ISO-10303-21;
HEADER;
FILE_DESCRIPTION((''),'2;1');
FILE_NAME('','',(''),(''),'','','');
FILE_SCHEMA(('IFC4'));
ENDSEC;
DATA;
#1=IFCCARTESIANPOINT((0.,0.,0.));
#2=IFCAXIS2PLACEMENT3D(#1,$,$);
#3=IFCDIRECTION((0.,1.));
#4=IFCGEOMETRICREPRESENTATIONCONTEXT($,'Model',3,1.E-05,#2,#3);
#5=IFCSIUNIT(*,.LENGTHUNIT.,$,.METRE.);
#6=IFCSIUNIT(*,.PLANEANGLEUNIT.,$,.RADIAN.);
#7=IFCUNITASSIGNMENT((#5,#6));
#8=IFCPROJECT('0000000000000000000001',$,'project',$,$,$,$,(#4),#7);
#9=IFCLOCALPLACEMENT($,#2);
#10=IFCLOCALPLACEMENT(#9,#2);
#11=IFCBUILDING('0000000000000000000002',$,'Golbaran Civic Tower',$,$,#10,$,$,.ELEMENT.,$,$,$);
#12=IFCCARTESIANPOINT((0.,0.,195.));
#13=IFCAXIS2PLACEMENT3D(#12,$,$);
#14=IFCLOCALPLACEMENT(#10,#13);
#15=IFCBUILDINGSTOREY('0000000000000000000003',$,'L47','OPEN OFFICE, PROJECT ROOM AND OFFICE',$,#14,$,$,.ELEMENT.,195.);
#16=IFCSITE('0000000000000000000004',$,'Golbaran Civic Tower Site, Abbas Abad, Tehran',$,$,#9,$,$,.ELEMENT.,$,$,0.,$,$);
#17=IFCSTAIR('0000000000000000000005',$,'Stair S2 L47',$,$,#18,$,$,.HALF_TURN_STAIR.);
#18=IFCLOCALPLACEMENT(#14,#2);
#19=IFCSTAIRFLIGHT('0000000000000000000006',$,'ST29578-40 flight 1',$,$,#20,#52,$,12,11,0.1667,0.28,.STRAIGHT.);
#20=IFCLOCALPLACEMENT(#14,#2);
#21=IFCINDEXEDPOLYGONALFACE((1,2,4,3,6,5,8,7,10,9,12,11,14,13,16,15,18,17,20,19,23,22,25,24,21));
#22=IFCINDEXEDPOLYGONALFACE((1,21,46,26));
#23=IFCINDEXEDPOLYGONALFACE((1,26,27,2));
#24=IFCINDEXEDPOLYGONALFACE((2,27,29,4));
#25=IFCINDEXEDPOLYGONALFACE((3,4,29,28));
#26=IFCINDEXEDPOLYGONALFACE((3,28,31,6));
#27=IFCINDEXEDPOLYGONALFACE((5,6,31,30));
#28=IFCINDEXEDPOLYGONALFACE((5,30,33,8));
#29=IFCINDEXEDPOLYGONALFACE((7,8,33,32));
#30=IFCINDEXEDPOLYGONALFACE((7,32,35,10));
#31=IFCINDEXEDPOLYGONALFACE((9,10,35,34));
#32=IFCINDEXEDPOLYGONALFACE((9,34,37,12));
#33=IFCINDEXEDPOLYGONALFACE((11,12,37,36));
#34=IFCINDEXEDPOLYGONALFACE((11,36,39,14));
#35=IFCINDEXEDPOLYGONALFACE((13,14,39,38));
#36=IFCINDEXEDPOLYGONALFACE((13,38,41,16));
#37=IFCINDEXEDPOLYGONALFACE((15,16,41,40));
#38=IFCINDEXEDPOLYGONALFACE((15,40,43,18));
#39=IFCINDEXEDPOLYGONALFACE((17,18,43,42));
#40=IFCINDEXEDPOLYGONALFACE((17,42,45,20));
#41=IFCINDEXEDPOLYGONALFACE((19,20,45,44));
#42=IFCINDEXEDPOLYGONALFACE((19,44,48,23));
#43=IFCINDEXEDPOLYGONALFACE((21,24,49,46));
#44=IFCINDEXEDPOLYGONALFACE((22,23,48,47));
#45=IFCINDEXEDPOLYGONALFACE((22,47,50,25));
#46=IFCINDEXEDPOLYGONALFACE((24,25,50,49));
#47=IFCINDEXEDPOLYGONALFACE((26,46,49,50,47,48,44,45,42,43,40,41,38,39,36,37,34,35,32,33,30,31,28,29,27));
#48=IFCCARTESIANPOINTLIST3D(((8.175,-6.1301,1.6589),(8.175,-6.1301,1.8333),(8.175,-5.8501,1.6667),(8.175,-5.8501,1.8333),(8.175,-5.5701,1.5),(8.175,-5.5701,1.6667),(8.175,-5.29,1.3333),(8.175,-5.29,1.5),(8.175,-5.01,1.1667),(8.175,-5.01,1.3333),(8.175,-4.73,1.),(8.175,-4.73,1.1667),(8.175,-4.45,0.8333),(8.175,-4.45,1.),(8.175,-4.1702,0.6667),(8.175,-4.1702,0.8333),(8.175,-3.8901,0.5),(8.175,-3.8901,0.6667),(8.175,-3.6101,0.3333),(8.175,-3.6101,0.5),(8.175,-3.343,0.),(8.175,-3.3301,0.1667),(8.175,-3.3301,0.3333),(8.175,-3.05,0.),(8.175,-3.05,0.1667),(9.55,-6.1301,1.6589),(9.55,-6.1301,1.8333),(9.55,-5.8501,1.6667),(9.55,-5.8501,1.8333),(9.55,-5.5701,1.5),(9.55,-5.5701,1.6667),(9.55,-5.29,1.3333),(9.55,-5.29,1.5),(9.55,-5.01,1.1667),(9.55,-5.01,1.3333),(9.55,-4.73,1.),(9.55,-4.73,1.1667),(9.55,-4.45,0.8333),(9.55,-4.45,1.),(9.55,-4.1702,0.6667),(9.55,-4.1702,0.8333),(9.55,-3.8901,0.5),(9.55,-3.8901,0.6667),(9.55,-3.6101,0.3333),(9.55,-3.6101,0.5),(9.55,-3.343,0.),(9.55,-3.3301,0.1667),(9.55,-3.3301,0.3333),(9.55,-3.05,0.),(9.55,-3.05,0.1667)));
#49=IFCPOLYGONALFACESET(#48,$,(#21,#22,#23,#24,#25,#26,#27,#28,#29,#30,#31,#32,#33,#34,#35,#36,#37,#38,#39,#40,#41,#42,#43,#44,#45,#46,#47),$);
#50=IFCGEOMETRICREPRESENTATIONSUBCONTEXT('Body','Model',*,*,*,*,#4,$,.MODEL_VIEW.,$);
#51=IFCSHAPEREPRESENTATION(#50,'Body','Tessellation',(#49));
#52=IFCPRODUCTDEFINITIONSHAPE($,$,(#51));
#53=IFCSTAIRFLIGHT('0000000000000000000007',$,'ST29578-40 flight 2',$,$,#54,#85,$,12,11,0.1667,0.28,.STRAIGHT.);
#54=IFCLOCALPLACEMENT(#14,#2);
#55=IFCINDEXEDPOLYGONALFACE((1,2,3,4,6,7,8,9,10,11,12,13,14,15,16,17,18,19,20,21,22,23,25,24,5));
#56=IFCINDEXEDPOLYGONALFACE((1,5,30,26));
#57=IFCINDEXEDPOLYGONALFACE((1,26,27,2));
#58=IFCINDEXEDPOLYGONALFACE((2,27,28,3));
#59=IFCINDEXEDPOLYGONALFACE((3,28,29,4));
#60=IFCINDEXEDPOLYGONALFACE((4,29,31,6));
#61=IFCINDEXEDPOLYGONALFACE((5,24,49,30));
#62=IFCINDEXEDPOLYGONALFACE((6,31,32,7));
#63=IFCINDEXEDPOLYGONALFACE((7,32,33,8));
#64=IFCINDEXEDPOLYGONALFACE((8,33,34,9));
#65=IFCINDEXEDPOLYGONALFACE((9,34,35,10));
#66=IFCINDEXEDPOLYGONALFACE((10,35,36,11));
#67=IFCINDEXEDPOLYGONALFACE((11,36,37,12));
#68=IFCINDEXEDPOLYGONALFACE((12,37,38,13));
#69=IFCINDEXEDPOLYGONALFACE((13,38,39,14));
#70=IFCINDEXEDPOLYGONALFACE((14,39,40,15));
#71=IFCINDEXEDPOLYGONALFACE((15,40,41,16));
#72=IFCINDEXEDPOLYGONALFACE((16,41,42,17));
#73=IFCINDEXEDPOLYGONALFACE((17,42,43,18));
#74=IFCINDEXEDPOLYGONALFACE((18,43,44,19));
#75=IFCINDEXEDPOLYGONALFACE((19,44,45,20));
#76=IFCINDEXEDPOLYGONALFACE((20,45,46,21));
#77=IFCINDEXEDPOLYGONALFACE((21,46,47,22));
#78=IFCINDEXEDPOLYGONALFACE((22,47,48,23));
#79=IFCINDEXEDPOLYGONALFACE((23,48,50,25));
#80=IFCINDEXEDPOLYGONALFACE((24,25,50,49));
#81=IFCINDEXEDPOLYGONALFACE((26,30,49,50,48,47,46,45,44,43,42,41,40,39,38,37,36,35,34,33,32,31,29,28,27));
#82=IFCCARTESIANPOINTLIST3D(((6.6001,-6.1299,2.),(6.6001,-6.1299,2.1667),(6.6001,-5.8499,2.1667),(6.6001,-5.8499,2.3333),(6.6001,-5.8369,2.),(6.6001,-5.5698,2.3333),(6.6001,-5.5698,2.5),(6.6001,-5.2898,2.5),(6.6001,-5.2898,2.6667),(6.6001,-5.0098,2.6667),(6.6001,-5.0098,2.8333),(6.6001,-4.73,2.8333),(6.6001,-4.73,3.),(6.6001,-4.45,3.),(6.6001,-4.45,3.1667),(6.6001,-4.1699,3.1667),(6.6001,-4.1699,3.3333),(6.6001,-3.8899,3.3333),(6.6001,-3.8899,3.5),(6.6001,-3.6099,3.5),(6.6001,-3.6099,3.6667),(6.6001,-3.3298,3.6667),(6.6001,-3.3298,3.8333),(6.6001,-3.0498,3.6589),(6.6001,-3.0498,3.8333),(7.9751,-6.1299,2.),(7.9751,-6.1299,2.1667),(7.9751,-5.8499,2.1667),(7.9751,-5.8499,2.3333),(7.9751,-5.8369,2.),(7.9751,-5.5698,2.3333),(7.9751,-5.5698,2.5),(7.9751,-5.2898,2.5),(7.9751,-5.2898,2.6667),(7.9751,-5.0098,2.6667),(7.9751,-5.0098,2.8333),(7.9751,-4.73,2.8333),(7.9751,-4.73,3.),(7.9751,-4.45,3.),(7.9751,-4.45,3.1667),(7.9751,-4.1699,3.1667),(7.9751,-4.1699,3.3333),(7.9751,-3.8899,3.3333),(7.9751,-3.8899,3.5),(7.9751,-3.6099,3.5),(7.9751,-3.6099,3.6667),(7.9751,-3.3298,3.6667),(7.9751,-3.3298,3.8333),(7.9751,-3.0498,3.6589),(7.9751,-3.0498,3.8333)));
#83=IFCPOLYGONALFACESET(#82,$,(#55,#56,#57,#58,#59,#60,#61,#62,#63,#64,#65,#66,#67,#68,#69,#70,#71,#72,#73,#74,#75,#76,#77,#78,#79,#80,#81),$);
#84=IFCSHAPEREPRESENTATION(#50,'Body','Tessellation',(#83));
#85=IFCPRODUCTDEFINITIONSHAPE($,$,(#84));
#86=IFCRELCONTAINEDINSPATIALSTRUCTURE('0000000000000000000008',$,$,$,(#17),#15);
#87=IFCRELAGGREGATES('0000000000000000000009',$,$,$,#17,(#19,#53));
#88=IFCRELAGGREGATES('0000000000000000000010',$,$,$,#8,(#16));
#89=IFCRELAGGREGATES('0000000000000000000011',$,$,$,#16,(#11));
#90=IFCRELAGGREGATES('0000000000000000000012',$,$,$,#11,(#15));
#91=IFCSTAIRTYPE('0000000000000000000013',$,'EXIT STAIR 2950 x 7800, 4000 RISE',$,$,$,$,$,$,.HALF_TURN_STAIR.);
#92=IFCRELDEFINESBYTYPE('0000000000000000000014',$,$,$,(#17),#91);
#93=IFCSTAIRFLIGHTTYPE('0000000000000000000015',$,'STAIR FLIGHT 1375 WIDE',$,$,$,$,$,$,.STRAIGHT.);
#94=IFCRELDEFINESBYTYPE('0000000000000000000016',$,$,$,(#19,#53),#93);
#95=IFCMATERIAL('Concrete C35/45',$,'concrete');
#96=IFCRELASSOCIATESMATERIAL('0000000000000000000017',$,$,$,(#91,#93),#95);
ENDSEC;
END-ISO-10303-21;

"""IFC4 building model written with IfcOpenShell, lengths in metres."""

from ifc_helpers import new_model, si_unit, direction, frame, origin, place, context, subcontext, project, spatial, polyline, outline, extrude, material, type_object, element, aggregate, save


model = new_model("IFC4")

# Units and contexts
model_context = context("Model", 3, precision=1e-05, world=origin(), true_north=direction((0.0, 1.0)))
body_context = subcontext(model_context, "Body", "Model", "MODEL_VIEW")
ifc_project = project(units=[si_unit("LENGTHUNIT", "METRE"), si_unit("PLANEANGLEUNIT", "RADIAN")], contexts=[model_context])

# Site, building, storey
site_placement = place(None, origin())
site = spatial("IfcSite", under=ifc_project, at=site_placement, Name="Golbaran Civic Tower Site, Abbas Abad, Tehran", CompositionType="ELEMENT", RefElevation=0.0)
building_placement = place(site_placement, origin())
building = spatial("IfcBuilding", under=site, at=building_placement, Name="Golbaran Civic Tower", CompositionType="ELEMENT")
storey_placement = place(building_placement, frame((0.0, 0.0, 195.0)))
storey = spatial("IfcBuildingStorey", under=building, at=storey_placement, Name="L47", Description="OPEN OFFICE, PROJECT ROOM AND OFFICE", CompositionType="ELEMENT", Elevation=195.0)

# Shared definitions
ifc_material_1 = material(Name="Concrete C35/45", Category="concrete")

# Shared definitions
stair_type = type_object("IfcStairType", Name="EXIT STAIR 2950 x 7800, 4000 RISE", PredefinedType="HALF_TURN_STAIR", material=ifc_material_1)

# Stair, stair flights
stair_1_placement = place(storey_placement, origin())
stair_1 = element("IfcStair", 1, at=stair_1_placement, inside=storey, type_object=stair_type, Name="Stair S2 L47", PredefinedType="HALF_TURN_STAIR")
stair_flight_type = type_object("IfcStairFlightType", Name="STAIR FLIGHT 1375 WIDE", PredefinedType="STRAIGHT", material=ifc_material_1)
stair_flight_1_placement = place(storey_placement, frame((8.8625, -3.05, 0.0), z_axis=(0.0, 0.0, 1.0), x_axis=(0.0, -1.0, 0.0)))
stair_flight_1 = element("IfcStairFlight", 2, at=stair_flight_1_placement, type_object=stair_flight_type, Name="ST29578-40 flight 1", NumberOfRisers=12, NumberOfTreads=11, PredefinedType="STRAIGHT", RiserHeight=0.1667, TreadLength=0.28, context=body_context, shape_type="SweptSolid", body=[
    extrude(outline(polyline([(0.0, 0.0), (0.0, 0.1667), (0.28, 0.1667), (0.28, 0.3333), (0.5601, 0.3333), (0.5601, 0.5), (0.8401, 0.5), (0.8401, 0.6667), (1.1201, 0.6667), (1.1201, 0.8333), (1.3999, 0.8333), (1.3999, 1.0), (1.6799, 1.0), (1.6799, 1.1667), (1.96, 1.1667), (1.96, 1.3333), (2.24, 1.3333), (2.24, 1.5), (2.52, 1.5), (2.52, 1.6667), (2.8, 1.6667), (2.8, 1.8333), (3.0801, 1.8333), (3.0801, 2.0), (3.0801, 1.6589), (0.293, 0.0), (0.0, 0.0)])), frame((0.0, 0.6875, 0.0), z_axis=(0.0, -1.0, 0.0), x_axis=(1.0, 0.0, 0.0)), (0.0, 0.0, 1.0), 1.375),
])
stair_flight_2_placement = place(storey_placement, frame((7.2876, -6.1299, 2.0), z_axis=(0.0, 0.0, 1.0), x_axis=(0.0, 1.0, 0.0)))
stair_flight_2 = element("IfcStairFlight", 3, at=stair_flight_2_placement, type_object=stair_flight_type, Name="ST29578-40 flight 2", NumberOfRisers=12, NumberOfTreads=11, PredefinedType="STRAIGHT", RiserHeight=0.1667, TreadLength=0.28, context=body_context, shape_type="SweptSolid", body=[
    extrude(outline(polyline([(0.0, 0.0), (0.0, 0.1667), (0.28, 0.1667), (0.28, 0.3333), (0.5601, 0.3333), (0.5601, 0.5), (0.8401, 0.5), (0.8401, 0.6667), (1.1201, 0.6667), (1.1201, 0.8333), (1.3999, 0.8333), (1.3999, 1.0), (1.6799, 1.0), (1.6799, 1.1667), (1.96, 1.1667), (1.96, 1.3333), (2.24, 1.3333), (2.24, 1.5), (2.52, 1.5), (2.52, 1.6667), (2.8, 1.6667), (2.8, 1.8333), (3.0801, 1.8333), (3.0801, 2.0), (3.0801, 1.6589), (0.293, 0.0), (0.0, 0.0)])), frame((0.0, 0.6875, 0.0), z_axis=(0.0, -1.0, 0.0), x_axis=(1.0, 0.0, 0.0)), (0.0, 0.0, 1.0), 1.375),
])
aggregate(stair_1, [stair_flight_1, stair_flight_2])

save(model, "model.ifc")
